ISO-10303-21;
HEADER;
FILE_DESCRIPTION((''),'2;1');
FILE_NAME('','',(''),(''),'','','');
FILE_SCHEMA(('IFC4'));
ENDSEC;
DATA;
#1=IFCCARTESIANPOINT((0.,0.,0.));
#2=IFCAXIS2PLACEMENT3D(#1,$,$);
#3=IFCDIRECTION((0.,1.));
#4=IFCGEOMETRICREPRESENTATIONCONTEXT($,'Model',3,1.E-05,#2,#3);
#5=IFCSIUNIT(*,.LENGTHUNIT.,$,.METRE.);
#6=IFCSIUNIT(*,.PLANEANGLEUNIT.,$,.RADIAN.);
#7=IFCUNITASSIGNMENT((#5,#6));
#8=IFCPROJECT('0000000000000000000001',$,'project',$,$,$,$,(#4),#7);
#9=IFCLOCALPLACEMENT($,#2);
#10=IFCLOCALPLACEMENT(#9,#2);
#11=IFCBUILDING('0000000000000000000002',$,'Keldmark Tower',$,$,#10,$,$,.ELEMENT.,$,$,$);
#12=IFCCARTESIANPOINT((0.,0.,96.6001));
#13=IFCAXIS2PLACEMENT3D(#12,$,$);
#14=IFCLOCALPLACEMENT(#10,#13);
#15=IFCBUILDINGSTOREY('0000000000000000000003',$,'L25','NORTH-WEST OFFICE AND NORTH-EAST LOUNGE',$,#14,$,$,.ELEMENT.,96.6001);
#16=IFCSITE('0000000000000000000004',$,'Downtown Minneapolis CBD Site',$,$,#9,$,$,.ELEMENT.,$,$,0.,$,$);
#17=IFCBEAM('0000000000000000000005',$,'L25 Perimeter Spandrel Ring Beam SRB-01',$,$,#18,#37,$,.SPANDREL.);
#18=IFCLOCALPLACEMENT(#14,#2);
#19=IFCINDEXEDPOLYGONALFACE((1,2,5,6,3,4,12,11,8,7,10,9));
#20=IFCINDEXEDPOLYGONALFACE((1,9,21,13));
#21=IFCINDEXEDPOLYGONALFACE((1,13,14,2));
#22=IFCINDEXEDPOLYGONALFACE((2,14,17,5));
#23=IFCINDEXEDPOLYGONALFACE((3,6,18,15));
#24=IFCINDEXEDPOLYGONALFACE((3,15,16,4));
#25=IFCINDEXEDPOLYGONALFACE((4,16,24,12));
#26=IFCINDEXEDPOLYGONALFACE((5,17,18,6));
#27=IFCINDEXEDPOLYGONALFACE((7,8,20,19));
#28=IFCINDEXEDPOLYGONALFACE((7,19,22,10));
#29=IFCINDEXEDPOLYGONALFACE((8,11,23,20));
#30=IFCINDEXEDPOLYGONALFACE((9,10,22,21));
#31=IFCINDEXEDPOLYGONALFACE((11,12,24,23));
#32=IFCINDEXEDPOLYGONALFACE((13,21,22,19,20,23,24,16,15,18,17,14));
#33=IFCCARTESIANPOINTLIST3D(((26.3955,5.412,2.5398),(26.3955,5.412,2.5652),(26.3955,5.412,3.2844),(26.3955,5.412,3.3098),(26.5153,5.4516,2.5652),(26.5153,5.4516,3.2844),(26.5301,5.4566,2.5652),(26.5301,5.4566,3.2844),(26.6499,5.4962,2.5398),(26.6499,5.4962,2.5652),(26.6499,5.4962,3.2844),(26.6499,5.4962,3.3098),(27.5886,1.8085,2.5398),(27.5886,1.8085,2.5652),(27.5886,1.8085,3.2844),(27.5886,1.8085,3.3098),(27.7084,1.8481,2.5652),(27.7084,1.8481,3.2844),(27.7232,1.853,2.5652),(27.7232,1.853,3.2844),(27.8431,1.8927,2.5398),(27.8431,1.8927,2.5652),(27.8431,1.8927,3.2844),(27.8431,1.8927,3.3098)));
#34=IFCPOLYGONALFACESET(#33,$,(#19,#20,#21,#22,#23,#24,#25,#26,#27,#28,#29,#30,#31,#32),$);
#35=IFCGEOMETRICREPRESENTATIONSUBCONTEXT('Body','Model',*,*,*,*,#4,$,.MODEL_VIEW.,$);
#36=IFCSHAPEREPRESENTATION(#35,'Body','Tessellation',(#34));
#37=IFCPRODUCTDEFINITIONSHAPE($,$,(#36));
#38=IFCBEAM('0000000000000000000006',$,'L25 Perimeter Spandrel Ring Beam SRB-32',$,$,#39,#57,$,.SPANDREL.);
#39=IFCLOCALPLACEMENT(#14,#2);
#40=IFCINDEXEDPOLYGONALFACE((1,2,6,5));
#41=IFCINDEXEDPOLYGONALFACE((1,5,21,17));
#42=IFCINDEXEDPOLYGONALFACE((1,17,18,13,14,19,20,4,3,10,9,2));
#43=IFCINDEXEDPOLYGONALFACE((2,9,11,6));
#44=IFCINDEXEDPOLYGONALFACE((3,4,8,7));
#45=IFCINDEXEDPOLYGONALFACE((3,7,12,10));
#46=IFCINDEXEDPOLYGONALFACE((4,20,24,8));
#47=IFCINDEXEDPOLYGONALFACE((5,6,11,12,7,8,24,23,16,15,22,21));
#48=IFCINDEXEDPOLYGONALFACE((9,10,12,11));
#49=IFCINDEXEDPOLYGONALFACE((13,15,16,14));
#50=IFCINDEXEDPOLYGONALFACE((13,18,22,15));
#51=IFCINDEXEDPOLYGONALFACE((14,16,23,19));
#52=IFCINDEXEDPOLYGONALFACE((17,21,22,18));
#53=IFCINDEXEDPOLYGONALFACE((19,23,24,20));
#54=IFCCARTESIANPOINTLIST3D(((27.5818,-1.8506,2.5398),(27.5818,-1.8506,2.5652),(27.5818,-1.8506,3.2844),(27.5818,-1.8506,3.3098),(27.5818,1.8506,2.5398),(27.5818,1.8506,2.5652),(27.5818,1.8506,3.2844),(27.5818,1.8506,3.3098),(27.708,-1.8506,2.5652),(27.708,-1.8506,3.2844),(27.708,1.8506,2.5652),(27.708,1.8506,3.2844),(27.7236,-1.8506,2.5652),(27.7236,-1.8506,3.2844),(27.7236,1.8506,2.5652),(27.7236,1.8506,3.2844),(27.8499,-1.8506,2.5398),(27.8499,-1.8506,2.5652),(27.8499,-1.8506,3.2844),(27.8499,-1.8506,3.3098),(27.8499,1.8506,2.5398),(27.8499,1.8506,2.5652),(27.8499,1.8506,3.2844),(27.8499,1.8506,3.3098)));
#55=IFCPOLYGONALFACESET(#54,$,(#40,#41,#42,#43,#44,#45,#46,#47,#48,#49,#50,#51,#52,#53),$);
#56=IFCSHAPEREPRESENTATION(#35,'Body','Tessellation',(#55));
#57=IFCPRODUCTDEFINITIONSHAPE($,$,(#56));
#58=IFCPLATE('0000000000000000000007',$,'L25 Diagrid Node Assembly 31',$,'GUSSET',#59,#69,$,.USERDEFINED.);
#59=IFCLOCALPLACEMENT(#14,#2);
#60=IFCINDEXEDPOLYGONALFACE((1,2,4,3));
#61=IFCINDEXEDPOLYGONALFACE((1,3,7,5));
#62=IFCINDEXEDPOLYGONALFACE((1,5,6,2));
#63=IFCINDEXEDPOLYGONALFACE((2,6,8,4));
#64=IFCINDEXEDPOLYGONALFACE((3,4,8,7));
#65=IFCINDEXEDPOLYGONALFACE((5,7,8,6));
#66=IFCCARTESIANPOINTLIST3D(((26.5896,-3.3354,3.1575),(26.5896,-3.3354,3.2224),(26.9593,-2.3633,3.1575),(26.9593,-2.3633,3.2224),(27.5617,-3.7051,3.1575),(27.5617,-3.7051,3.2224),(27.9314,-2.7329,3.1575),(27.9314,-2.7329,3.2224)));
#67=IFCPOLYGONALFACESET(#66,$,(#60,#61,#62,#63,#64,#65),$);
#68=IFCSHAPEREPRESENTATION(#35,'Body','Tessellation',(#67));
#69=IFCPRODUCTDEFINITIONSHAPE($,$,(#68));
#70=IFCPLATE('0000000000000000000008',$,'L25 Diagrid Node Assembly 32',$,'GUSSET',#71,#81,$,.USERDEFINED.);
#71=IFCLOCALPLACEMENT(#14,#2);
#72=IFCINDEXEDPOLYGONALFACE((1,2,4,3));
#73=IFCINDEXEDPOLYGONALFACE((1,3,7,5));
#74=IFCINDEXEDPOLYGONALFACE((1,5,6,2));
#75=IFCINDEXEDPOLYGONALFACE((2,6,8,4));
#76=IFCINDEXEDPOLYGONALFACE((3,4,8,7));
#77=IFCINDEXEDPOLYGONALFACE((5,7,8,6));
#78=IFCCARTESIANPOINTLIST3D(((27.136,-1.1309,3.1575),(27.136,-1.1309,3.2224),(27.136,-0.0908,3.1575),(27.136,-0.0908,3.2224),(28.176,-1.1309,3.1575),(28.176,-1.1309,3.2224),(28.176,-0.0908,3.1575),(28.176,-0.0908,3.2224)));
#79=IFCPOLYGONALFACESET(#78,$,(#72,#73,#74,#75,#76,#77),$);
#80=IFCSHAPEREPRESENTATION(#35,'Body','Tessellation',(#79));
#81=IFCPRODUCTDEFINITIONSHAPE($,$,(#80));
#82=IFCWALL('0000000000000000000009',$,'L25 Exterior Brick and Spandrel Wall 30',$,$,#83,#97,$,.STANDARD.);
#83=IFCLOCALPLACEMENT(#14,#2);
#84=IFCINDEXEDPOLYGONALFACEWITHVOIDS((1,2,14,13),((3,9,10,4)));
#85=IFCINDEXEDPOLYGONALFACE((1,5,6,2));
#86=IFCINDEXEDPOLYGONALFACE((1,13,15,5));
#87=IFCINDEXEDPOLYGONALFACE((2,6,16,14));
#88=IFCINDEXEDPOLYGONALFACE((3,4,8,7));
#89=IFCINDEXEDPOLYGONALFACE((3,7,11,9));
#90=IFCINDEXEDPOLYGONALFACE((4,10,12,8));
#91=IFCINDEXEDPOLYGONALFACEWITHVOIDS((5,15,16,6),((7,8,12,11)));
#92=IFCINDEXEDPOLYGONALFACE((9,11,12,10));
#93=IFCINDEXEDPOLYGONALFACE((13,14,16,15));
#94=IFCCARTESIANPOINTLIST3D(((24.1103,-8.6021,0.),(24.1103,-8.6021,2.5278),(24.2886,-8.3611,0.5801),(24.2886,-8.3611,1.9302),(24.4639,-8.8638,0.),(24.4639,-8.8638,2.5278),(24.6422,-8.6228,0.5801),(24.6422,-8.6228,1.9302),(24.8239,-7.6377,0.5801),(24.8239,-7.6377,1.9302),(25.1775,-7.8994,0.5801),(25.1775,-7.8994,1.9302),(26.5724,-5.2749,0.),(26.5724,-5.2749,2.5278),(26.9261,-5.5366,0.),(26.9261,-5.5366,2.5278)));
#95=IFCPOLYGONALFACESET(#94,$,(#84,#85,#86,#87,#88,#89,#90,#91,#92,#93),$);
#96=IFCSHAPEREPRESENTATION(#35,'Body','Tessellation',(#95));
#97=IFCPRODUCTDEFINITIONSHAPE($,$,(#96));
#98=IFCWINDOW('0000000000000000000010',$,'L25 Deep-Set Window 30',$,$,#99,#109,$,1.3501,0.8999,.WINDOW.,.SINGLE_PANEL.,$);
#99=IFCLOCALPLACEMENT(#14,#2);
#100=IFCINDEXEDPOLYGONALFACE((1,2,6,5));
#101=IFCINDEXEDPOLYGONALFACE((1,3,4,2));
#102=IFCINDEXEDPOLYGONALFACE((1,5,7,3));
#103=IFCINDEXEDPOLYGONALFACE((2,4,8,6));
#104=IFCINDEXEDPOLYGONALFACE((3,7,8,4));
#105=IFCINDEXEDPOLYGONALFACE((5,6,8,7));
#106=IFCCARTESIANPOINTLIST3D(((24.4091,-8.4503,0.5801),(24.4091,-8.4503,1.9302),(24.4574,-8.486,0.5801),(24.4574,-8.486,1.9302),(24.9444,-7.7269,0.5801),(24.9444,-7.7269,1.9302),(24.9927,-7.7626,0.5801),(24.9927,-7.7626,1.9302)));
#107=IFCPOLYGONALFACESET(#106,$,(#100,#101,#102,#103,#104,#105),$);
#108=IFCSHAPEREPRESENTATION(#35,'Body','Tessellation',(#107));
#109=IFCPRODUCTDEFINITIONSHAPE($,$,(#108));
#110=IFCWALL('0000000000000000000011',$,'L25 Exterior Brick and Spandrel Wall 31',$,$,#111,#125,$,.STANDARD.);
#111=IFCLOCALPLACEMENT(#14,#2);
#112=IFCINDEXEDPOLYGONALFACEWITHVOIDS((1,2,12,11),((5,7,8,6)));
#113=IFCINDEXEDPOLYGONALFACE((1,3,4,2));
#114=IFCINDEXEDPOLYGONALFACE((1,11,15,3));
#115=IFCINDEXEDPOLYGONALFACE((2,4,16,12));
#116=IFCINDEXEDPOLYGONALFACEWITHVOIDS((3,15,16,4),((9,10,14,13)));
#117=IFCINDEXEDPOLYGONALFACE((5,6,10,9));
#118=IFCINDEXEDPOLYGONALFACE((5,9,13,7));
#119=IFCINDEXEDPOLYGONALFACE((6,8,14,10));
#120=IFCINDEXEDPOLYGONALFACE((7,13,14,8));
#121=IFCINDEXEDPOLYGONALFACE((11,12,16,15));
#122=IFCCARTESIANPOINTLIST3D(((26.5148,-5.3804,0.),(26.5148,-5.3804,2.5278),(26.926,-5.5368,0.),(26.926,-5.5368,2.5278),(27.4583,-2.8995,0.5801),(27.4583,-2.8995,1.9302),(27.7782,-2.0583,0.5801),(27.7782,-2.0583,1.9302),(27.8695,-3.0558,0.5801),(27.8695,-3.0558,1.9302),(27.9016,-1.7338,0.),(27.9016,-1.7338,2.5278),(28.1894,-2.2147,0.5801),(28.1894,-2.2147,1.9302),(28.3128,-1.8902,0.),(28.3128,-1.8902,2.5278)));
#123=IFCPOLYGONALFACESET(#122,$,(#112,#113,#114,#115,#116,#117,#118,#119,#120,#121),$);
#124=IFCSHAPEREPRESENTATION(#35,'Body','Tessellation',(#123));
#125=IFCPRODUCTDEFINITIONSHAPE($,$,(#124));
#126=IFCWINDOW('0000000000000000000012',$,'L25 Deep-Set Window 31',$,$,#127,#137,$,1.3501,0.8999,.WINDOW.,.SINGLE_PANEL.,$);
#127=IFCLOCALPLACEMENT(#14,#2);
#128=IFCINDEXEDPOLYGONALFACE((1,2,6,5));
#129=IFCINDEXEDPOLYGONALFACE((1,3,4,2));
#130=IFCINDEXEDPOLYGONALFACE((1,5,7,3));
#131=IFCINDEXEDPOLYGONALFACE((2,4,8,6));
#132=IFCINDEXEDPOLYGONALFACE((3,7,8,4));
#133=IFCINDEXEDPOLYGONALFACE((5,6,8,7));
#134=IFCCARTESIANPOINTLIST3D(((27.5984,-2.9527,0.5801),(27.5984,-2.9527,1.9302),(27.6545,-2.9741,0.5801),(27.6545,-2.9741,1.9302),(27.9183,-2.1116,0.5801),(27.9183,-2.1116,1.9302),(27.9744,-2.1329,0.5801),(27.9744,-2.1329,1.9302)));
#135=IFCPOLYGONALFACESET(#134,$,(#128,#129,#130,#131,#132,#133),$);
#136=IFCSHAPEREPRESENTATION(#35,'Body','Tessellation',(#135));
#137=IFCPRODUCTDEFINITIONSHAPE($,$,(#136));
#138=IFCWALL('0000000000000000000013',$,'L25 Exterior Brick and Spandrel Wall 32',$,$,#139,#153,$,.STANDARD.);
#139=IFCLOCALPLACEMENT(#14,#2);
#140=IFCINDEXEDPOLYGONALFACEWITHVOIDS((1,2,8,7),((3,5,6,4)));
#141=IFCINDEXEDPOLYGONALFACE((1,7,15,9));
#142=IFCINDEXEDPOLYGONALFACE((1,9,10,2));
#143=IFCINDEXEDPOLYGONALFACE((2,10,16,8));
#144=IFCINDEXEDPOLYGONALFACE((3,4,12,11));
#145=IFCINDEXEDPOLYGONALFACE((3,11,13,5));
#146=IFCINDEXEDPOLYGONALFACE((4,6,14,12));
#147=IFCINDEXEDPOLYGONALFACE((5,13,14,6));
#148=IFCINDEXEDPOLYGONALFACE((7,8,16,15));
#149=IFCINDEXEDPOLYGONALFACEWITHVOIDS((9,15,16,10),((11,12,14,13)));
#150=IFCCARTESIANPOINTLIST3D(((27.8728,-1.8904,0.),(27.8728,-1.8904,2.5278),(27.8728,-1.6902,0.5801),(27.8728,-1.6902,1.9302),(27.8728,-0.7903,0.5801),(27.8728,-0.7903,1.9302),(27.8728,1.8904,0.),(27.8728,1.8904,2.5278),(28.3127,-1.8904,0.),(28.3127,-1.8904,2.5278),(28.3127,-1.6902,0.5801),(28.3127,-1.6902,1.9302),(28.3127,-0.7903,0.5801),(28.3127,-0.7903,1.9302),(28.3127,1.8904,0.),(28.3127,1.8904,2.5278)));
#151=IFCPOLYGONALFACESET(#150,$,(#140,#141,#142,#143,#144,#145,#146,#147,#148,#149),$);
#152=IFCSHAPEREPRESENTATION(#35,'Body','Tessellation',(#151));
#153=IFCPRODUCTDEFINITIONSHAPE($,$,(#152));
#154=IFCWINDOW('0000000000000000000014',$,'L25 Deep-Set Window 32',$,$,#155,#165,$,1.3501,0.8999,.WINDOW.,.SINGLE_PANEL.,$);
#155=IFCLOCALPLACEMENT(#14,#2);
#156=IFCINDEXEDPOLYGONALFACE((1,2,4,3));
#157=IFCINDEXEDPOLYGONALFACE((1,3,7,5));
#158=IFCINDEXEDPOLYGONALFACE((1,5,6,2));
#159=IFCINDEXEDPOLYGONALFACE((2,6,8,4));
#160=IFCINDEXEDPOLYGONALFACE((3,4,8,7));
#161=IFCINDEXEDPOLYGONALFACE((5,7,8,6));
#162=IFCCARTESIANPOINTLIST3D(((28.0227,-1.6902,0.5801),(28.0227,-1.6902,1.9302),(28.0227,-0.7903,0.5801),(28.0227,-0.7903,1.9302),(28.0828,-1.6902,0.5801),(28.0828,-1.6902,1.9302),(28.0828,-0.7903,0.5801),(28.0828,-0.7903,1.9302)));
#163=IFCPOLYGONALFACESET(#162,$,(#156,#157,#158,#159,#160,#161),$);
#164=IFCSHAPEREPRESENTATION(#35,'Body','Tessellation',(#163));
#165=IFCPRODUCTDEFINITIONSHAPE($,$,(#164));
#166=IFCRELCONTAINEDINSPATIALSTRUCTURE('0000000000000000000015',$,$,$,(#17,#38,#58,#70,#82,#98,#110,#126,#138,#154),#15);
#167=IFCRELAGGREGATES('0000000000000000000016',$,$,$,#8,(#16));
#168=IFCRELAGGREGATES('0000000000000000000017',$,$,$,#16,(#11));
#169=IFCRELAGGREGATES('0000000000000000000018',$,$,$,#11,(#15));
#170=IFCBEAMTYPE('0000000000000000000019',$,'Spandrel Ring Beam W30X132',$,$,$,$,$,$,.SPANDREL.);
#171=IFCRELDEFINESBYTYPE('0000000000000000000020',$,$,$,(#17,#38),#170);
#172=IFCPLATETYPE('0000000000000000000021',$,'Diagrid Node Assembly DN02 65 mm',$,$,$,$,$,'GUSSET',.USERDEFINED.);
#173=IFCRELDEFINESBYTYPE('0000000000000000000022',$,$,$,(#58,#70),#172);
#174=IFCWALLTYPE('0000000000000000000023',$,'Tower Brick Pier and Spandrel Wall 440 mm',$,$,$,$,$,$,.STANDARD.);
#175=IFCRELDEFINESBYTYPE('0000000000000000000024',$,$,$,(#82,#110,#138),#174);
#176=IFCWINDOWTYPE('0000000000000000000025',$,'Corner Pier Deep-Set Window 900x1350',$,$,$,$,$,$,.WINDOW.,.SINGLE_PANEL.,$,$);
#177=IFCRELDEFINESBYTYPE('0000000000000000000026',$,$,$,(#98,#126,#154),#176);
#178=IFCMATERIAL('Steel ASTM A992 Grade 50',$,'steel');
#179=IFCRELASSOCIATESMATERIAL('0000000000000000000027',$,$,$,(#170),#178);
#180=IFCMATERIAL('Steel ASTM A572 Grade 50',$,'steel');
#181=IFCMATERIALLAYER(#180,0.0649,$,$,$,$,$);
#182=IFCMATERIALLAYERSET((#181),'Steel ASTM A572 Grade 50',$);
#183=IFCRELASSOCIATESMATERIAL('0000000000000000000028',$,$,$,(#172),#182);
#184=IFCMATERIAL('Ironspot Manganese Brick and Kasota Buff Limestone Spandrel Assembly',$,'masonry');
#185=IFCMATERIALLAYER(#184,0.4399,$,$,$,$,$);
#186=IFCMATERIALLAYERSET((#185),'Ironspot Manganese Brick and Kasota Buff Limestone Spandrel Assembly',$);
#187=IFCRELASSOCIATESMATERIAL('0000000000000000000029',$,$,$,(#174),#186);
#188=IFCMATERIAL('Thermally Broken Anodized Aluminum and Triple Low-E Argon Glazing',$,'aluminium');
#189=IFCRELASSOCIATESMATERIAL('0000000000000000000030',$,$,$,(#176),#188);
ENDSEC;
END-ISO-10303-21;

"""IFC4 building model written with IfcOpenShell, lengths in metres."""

from ifc_helpers import new_model, si_unit, direction, frame, frame_2d, origin, origin_2d, place, context, subcontext, project, spatial, rectangle, i_section, extrude, material, layer, layer_set, material_profile, profile_set, type_object, element, fill, save


model = new_model("IFC4")

# Units and contexts
model_context = context("Model", 3, precision=1e-05, world=origin(), true_north=direction((0.0, 1.0)))
body_context = subcontext(model_context, "Body", "Model", "MODEL_VIEW")
ifc_project = project(units=[si_unit("LENGTHUNIT", "METRE"), si_unit("PLANEANGLEUNIT", "RADIAN")], contexts=[model_context])

# Site, building, storey
site_placement = place(None, origin())
site = spatial("IfcSite", under=ifc_project, at=site_placement, Name="Downtown Minneapolis CBD Site", CompositionType="ELEMENT", RefElevation=0.0)
building_placement = place(site_placement, origin())
building = spatial("IfcBuilding", under=site, at=building_placement, Name="Keldmark Tower", CompositionType="ELEMENT")
storey_placement = place(building_placement, frame((0.0, 0.0, 96.6001)))
storey = spatial("IfcBuildingStorey", under=building, at=storey_placement, Name="L25", Description="NORTH-WEST OFFICE AND NORTH-EAST LOUNGE", CompositionType="ELEMENT", Elevation=96.6001)

# Beams
ifc_material_1 = material(Name="Steel ASTM A992 Grade 50", Category="steel")
ifc_material_profile_1 = material_profile(ifc_material_1, i_section(OverallWidth=0.2681, OverallDepth=0.77, WebThickness=0.0156, FlangeThickness=0.0254, at=origin_2d()), Name="W30X132")
ifc_profile_set_1 = profile_set([ifc_material_profile_1], Name="Steel ASTM A992 Grade 50")
beam_type_1 = type_object("IfcBeamType", Name="Spandrel Ring Beam W30X132", PredefinedType="SPANDREL", material=ifc_profile_set_1)
beam_1_placement = place(storey_placement, frame((27.7158, 1.8506, 2.9248), z_axis=(-0.314317, 0.949318, 0.0), x_axis=(-0.949318, -0.314317, 0.0)))
element("IfcBeam", 1, at=beam_1_placement, inside=storey, type_object=beam_type_1, Name="L25 Perimeter Spandrel Ring Beam SRB-01", PredefinedType="SPANDREL", context=body_context, shape_type="SweptSolid", body=[
    extrude(i_section(OverallWidth=0.2681, OverallDepth=0.77, WebThickness=0.0156, FlangeThickness=0.0254, at=origin_2d()), origin(), (0.0, 0.0, 1.0), 3.7959),
])
beam_2_placement = place(storey_placement, frame((27.7158, -1.8506, 2.9248), z_axis=(0.0, 1.0, 0.0), x_axis=(-1.0, 0.0, 0.0)))
element("IfcBeam", 2, at=beam_2_placement, inside=storey, type_object=beam_type_1, Name="L25 Perimeter Spandrel Ring Beam SRB-32", PredefinedType="SPANDREL", context=body_context, shape_type="SweptSolid", body=[
    extrude(i_section(OverallWidth=0.2681, OverallDepth=0.77, WebThickness=0.0156, FlangeThickness=0.0254, at=origin_2d()), origin(), (0.0, 0.0, 1.0), 3.7012),
])

# Plates
ifc_material_2 = material(Name="Steel ASTM A572 Grade 50", Category="steel")
ifc_layer_1 = layer(ifc_material_2, 0.0649)
ifc_layer_set_1 = layer_set([ifc_layer_1], Name="Steel ASTM A572 Grade 50")
plate_type = type_object("IfcPlateType", Name="Diagrid Node Assembly DN02 65 mm", ElementType="GUSSET", PredefinedType="USERDEFINED", material=ifc_layer_set_1)
for number, where, z_axis, x_axis, name in (
    (3, (27.2605, -3.0342, 3.1575), (0.0, 0.0, 1.0), (0.355433, 0.934702, 0.0), "L25 Diagrid Node Assembly 31"),
    (4, (27.656, -0.6108, 3.1575), (0.0, 0.0, 1.0), (0.0, 1.0, 0.0), "L25 Diagrid Node Assembly 32"),
):
    element("IfcPlate", number, at=place(storey_placement, frame(where, z_axis=z_axis, x_axis=x_axis)), inside=storey, type_object=plate_type, Name=name, ObjectType="GUSSET", PredefinedType="USERDEFINED", context=body_context, shape_type="SweptSolid", body=[
        extrude(rectangle(XDim=1.04, YDim=1.04, at=origin_2d()), origin(), (0.0, 0.0, 1.0), 0.0649),
    ])

# Walls, openings, windows
ifc_material_3 = material(Name="Ironspot Manganese Brick and Kasota Buff Limestone Spandrel Assembly", Category="masonry")
ifc_layer_2 = layer(ifc_material_3, 0.4399)
ifc_layer_set_2 = layer_set([ifc_layer_2], Name="Ironspot Manganese Brick and Kasota Buff Limestone Spandrel Assembly")
wall_type = type_object("IfcWallType", Name="Tower Brick Pier and Spandrel Wall 440 mm", PredefinedType="STANDARD", material=ifc_layer_set_2)
wall_1_placement = place(storey_placement, frame((26.7493, -5.4058, 0.0), z_axis=(0.0, 0.0, 1.0), x_axis=(-0.594854, -0.803834, 0.0)))
wall_1 = element("IfcWall", 5, at=wall_1_placement, inside=storey, type_object=wall_type, Name="L25 Exterior Brick and Spandrel Wall 30", PredefinedType="STANDARD", context=body_context, shape_type="SweptSolid", body=[
    extrude(rectangle(XDim=4.1392, YDim=0.4399, at=frame_2d((2.0696, 0.0))), origin(), (0.0, 0.0, 1.0), 2.5278),
])
opening_1_placement = place(wall_1_placement, frame((2.9395, 0.0, 0.5801)))
opening_1 = element("IfcOpeningElement", 6, at=opening_1_placement, cuts=wall_1, PredefinedType="OPENING", context=body_context, shape_type="SweptSolid", body=[
    extrude(rectangle(XDim=0.8999, YDim=1.3501, at=frame_2d((0.45, 0.675))), frame((0.0, 0.23, 0.0), z_axis=(0.0, -1.0, 0.0), x_axis=(1.0, 0.0, 0.0)), (0.0, 0.0, 1.0), 0.46),
])
ifc_material_4 = material(Name="Thermally Broken Anodized Aluminum and Triple Low-E Argon Glazing", Category="aluminium")
window_type = type_object("IfcWindowType", Name="Corner Pier Deep-Set Window 900x1350", PartitioningType="SINGLE_PANEL", PredefinedType="WINDOW", material=ifc_material_4)
window_1_placement = place(opening_1_placement, origin())
window_1 = element("IfcWindow", 7, at=window_1_placement, inside=storey, type_object=window_type, Name="L25 Deep-Set Window 30", OverallHeight=1.3501, OverallWidth=0.8999, PartitioningType="SINGLE_PANEL", PredefinedType="WINDOW", context=body_context, shape_type="SweptSolid", body=[
    extrude(rectangle(XDim=0.8999, YDim=1.3501, at=frame_2d((0.45, 0.675))), frame((0.0, -0.01, 0.0), z_axis=(0.0, -1.0, 0.0), x_axis=(1.0, 0.0, 0.0)), (0.0, 0.0, 1.0), 0.0601),
])
fill(opening_1, window_1)
wall_2_placement = place(storey_placement, frame((28.1072, -1.812, 0.0), z_axis=(0.0, 0.0, 1.0), x_axis=(-0.355454, -0.934694, 0.0)))
wall_2 = element("IfcWall", 8, at=wall_2_placement, inside=storey, type_object=wall_type, Name="L25 Exterior Brick and Spandrel Wall 31", PredefinedType="STANDARD", context=body_context, shape_type="SweptSolid", body=[
    extrude(rectangle(XDim=3.9014, YDim=0.4399, at=frame_2d((1.9507, 0.0))), origin(), (0.0, 0.0, 1.0), 2.5278),
])
opening_2_placement = place(wall_2_placement, frame((0.3472, 0.0, 0.5801)))
opening_2 = element("IfcOpeningElement", 9, at=opening_2_placement, cuts=wall_2, PredefinedType="OPENING", context=body_context, shape_type="SweptSolid", body=[
    extrude(rectangle(XDim=0.8999, YDim=1.3501, at=frame_2d((0.45, 0.675))), frame((0.0, 0.23, 0.0), z_axis=(0.0, -1.0, 0.0), x_axis=(1.0, 0.0, 0.0)), (0.0, 0.0, 1.0), 0.46),
])
window_2_placement = place(opening_2_placement, origin())
window_2 = element("IfcWindow", 10, at=window_2_placement, inside=storey, type_object=window_type, Name="L25 Deep-Set Window 31", OverallHeight=1.3501, OverallWidth=0.8999, PartitioningType="SINGLE_PANEL", PredefinedType="WINDOW", context=body_context, shape_type="SweptSolid", body=[
    extrude(rectangle(XDim=0.8999, YDim=1.3501, at=frame_2d((0.45, 0.675))), frame((0.0, -0.01, 0.0), z_axis=(0.0, -1.0, 0.0), x_axis=(1.0, 0.0, 0.0)), (0.0, 0.0, 1.0), 0.0601),
])
fill(opening_2, window_2)
wall_3_placement = place(storey_placement, frame((28.0928, 1.8904, 0.0), z_axis=(0.0, 0.0, 1.0), x_axis=(0.0, -1.0, 0.0)))
wall_3 = element("IfcWall", 11, at=wall_3_placement, inside=storey, type_object=wall_type, Name="L25 Exterior Brick and Spandrel Wall 32", PredefinedType="STANDARD", context=body_context, shape_type="SweptSolid", body=[
    extrude(rectangle(XDim=3.7808, YDim=0.4399, at=frame_2d((1.8904, 0.0))), origin(), (0.0, 0.0, 1.0), 2.5278),
])
opening_3_placement = place(wall_3_placement, frame((2.6807, 0.0, 0.5801)))
opening_3 = element("IfcOpeningElement", 12, at=opening_3_placement, cuts=wall_3, PredefinedType="OPENING", context=body_context, shape_type="SweptSolid", body=[
    extrude(rectangle(XDim=0.8999, YDim=1.3501, at=frame_2d((0.45, 0.675))), frame((0.0, 0.23, 0.0), z_axis=(0.0, -1.0, 0.0), x_axis=(1.0, 0.0, 0.0)), (0.0, 0.0, 1.0), 0.46),
])
window_3_placement = place(opening_3_placement, origin())
window_3 = element("IfcWindow", 13, at=window_3_placement, inside=storey, type_object=window_type, Name="L25 Deep-Set Window 32", OverallHeight=1.3501, OverallWidth=0.8999, PartitioningType="SINGLE_PANEL", PredefinedType="WINDOW", context=body_context, shape_type="SweptSolid", body=[
    extrude(rectangle(XDim=0.8999, YDim=1.3501, at=frame_2d((0.45, 0.675))), frame((0.0, -0.01, 0.0), z_axis=(0.0, -1.0, 0.0), x_axis=(1.0, 0.0, 0.0)), (0.0, 0.0, 1.0), 0.0601),
])
fill(opening_3, window_3)

save(model, "model.ifc")
